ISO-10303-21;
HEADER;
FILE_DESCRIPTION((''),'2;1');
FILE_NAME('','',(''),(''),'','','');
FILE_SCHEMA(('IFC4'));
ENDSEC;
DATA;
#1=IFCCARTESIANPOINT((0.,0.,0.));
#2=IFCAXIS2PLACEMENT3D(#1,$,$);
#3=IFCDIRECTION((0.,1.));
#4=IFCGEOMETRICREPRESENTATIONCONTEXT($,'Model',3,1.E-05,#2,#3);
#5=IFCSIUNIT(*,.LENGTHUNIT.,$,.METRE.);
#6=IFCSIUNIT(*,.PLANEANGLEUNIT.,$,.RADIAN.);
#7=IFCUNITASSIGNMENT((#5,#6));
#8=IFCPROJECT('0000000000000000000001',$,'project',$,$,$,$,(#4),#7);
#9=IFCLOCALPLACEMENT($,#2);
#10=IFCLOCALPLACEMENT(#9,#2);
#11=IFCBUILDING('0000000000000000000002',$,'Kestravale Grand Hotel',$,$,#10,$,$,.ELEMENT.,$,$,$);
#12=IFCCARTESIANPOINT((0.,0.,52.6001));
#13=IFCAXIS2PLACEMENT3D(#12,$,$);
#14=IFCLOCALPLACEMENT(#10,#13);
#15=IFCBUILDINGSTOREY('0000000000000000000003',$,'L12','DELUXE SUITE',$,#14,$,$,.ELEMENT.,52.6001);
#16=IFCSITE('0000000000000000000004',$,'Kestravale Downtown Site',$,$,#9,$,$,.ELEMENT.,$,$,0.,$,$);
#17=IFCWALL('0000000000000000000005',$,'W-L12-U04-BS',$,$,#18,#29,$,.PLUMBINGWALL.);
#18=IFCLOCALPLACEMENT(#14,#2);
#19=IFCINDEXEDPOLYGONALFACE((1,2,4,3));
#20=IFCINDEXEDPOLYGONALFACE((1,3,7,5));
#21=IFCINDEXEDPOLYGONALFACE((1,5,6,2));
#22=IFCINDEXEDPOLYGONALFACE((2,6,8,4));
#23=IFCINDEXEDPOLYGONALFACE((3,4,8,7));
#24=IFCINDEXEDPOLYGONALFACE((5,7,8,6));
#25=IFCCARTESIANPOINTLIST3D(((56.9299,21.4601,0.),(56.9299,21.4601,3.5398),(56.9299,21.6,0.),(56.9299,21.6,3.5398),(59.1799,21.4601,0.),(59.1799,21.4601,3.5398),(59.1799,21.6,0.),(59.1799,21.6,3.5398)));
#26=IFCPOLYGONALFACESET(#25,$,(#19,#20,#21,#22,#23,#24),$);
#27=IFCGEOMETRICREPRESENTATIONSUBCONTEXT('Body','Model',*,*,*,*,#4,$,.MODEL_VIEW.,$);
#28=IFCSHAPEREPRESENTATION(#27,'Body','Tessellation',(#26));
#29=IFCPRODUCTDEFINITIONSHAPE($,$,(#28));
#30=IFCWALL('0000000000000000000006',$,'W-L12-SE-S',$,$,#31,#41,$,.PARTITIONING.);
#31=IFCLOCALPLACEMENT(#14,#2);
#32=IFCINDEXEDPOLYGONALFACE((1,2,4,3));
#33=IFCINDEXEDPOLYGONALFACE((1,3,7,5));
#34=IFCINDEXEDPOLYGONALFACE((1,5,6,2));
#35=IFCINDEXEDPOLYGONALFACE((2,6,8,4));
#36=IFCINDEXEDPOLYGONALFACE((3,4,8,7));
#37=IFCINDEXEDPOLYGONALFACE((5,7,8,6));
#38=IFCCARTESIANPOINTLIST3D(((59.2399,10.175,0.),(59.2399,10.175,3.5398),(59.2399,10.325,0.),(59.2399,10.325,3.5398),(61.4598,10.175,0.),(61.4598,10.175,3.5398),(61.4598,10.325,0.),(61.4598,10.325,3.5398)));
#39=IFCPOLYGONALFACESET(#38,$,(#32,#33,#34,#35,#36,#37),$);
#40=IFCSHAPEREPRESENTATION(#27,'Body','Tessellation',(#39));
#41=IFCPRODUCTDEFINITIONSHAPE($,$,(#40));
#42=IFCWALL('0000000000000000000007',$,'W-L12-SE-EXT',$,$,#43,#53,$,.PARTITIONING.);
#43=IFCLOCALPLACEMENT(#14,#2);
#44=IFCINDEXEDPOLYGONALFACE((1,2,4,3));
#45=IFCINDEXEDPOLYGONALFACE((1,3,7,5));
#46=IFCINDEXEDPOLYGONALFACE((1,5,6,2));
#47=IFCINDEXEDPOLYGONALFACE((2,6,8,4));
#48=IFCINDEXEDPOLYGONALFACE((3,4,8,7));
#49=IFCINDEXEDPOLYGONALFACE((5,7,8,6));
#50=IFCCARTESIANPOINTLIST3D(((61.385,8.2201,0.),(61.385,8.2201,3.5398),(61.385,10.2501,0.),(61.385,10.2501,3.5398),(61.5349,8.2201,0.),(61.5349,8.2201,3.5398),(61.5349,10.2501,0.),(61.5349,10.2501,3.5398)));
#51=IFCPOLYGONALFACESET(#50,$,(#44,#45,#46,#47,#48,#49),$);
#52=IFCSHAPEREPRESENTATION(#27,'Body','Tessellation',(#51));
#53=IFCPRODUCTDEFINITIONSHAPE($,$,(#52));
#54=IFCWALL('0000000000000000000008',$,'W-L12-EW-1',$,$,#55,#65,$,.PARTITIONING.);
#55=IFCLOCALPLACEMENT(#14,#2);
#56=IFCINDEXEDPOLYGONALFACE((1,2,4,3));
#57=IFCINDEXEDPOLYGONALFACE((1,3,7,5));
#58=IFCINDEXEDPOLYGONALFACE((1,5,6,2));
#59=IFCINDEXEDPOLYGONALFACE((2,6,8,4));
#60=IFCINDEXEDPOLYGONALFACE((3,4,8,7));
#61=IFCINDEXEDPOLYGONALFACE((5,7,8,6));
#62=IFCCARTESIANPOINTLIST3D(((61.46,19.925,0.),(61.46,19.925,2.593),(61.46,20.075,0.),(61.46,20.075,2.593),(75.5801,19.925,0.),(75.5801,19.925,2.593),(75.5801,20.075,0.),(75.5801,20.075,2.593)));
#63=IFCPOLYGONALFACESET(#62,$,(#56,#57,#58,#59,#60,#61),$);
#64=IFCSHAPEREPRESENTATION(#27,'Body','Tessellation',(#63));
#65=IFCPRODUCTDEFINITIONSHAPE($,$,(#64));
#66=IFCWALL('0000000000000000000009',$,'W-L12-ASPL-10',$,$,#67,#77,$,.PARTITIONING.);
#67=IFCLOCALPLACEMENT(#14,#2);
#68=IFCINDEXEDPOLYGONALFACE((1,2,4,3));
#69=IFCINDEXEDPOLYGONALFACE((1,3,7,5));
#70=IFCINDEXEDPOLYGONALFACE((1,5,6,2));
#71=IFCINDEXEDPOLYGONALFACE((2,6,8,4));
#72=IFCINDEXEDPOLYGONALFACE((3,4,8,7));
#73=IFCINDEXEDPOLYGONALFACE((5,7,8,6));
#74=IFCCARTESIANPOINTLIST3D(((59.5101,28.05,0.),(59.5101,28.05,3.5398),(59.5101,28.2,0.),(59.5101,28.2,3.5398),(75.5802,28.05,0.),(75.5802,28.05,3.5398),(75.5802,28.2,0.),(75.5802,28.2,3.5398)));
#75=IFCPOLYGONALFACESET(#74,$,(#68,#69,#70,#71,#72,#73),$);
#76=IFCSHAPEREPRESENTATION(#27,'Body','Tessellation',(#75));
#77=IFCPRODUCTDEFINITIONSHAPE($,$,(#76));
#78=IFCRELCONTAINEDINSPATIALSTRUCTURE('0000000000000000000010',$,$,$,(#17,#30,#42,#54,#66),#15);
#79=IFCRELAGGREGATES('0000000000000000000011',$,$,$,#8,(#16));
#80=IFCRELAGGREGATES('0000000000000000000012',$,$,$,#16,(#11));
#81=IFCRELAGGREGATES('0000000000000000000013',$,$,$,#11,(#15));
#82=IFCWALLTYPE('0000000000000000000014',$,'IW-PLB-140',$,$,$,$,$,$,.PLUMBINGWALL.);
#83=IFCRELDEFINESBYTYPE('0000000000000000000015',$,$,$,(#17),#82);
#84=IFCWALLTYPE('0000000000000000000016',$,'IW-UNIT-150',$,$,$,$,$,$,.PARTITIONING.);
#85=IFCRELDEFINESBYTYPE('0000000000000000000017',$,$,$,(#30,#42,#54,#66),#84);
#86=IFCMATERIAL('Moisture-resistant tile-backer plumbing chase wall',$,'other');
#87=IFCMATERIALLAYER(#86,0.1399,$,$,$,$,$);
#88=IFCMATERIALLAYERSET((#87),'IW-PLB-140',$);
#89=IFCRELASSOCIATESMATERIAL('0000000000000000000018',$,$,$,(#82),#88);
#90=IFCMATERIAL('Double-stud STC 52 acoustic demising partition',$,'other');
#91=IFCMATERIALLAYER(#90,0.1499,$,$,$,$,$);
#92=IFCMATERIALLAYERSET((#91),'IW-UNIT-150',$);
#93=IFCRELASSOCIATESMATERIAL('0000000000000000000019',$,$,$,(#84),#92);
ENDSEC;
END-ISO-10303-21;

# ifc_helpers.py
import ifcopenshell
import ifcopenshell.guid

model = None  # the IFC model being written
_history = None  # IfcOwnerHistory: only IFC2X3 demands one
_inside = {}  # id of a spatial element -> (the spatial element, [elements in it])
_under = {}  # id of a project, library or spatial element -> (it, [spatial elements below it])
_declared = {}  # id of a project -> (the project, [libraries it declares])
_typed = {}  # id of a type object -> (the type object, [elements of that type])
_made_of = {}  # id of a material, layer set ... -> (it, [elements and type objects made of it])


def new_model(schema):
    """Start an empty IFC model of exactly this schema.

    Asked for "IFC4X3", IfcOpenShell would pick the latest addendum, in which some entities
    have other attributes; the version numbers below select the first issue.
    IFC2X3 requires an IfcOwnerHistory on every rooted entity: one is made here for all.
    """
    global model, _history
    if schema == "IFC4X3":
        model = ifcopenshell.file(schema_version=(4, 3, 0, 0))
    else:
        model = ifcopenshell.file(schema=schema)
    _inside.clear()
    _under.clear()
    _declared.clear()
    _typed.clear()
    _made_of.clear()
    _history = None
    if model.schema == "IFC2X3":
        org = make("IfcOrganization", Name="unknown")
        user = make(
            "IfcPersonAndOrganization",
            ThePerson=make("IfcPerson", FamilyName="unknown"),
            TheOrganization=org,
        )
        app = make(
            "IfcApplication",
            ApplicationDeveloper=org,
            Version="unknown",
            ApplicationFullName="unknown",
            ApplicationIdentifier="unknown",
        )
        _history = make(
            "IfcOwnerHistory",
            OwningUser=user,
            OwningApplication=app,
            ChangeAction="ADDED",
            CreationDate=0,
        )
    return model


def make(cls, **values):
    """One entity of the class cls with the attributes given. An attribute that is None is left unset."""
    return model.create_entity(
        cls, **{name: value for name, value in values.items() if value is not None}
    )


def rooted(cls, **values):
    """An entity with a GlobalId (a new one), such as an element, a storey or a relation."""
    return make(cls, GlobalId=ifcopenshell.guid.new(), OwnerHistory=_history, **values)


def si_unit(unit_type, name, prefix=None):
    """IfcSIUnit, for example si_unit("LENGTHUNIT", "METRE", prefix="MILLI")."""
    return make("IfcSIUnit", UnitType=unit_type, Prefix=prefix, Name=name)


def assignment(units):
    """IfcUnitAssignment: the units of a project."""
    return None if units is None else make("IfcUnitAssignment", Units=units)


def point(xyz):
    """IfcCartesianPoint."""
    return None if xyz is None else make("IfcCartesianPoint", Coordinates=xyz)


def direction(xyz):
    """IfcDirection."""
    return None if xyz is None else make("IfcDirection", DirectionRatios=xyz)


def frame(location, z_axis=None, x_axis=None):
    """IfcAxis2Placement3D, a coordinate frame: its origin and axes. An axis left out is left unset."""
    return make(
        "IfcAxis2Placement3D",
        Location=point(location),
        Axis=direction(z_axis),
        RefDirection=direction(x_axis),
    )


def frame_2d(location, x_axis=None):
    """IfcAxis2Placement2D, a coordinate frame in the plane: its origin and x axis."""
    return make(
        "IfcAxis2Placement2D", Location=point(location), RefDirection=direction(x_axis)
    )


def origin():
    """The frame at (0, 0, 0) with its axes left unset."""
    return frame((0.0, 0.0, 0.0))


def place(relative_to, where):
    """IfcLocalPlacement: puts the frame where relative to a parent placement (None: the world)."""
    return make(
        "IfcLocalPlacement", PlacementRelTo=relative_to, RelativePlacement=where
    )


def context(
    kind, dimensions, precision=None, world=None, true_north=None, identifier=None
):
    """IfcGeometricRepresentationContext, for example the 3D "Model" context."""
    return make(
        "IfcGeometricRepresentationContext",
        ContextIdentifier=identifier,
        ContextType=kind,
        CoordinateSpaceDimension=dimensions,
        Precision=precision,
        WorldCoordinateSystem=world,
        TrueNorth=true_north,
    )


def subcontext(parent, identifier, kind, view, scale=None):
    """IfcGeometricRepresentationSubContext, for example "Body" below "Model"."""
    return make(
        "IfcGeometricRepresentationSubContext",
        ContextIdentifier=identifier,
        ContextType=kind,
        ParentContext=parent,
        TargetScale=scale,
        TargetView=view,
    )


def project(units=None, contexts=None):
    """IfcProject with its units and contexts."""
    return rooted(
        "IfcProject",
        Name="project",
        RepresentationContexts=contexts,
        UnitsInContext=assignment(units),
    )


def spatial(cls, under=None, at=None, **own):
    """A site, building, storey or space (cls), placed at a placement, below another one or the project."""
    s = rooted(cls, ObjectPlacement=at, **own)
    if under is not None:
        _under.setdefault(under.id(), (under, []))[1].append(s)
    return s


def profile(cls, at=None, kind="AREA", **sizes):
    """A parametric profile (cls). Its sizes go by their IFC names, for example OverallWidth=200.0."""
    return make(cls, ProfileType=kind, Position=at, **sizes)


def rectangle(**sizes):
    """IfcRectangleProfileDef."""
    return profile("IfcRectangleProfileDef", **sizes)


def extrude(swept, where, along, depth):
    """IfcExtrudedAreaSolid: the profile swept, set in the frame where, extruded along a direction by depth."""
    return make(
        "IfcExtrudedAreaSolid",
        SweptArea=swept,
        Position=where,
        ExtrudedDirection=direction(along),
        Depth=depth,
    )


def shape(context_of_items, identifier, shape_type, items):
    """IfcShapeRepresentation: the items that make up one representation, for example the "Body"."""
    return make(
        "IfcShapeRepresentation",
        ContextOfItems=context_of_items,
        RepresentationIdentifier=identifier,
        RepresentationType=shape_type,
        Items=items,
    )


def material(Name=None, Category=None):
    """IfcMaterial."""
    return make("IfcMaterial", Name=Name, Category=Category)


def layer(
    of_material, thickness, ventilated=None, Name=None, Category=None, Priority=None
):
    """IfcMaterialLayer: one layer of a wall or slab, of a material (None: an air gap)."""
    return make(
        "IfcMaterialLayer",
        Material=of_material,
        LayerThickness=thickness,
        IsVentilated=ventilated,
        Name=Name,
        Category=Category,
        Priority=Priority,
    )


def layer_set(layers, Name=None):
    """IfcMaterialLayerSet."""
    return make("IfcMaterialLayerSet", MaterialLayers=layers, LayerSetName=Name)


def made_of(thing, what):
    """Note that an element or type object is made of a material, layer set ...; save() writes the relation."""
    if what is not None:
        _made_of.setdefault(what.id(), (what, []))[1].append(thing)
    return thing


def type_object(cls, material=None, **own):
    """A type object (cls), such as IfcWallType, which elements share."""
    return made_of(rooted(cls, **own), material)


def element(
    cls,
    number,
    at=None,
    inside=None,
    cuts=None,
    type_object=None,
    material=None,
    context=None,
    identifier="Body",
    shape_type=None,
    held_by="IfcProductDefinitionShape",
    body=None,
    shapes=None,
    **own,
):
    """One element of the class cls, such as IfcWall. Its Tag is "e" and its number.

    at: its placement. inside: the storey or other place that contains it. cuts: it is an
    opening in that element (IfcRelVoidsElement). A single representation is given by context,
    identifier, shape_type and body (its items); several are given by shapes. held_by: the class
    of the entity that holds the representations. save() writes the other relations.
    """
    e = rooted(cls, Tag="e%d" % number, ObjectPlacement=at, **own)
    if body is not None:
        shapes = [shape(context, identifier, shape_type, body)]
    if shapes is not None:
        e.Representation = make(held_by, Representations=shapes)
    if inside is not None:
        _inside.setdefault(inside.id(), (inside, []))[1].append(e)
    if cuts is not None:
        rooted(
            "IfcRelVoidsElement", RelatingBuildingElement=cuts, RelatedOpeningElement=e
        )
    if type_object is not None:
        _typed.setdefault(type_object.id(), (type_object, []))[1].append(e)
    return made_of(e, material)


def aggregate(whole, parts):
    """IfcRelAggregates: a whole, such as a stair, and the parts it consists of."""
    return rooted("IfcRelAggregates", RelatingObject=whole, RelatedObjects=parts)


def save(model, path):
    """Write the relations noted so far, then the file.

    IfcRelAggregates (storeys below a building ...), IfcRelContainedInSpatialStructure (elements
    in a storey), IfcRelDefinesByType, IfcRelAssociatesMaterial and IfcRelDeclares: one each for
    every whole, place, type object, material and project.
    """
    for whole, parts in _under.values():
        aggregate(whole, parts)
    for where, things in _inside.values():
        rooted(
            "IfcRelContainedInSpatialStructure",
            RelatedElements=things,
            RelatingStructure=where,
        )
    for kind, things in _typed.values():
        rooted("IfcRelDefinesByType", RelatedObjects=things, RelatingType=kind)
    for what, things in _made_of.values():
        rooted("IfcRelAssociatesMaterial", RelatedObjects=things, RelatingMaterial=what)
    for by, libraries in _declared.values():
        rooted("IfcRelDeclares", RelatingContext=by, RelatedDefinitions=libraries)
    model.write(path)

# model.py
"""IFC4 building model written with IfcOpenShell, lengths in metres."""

from ifc_helpers import new_model, si_unit, direction, frame, frame_2d, origin, place, context, subcontext, project, spatial, rectangle, extrude, material, layer, layer_set, type_object, element, save


model = new_model("IFC4")

# Units and contexts
model_context = context("Model", 3, precision=1e-05, world=origin(), true_north=direction((0.0, 1.0)))
body_context = subcontext(model_context, "Body", "Model", "MODEL_VIEW")
ifc_project = project(units=[si_unit("LENGTHUNIT", "METRE"), si_unit("PLANEANGLEUNIT", "RADIAN")], contexts=[model_context])

# Site, building, storey
site_placement = place(None, origin())
site = spatial("IfcSite", under=ifc_project, at=site_placement, Name="Kestravale Downtown Site", CompositionType="ELEMENT", RefElevation=0.0)
building_placement = place(site_placement, origin())
building = spatial("IfcBuilding", under=site, at=building_placement, Name="Kestravale Grand Hotel", CompositionType="ELEMENT")
storey_placement = place(building_placement, frame((0.0, 0.0, 52.6001)))
storey = spatial("IfcBuildingStorey", under=building, at=storey_placement, Name="L12", Description="DELUXE SUITE", CompositionType="ELEMENT", Elevation=52.6001)

# Shared definitions
ifc_material_1 = material(Name="Moisture-resistant tile-backer plumbing chase wall", Category="other")
ifc_layer_1 = layer(ifc_material_1, 0.1399)
ifc_layer_set_1 = layer_set([ifc_layer_1], Name="IW-PLB-140")
wall_type_1 = type_object("IfcWallType", Name="IW-PLB-140", PredefinedType="PLUMBINGWALL", material=ifc_layer_set_1)

# Walls
wall_1_placement = place(storey_placement, frame((56.9299, 21.53, 0.0), z_axis=(0.0, 0.0, 1.0), x_axis=(1.0, 0.0, 0.0)))
element("IfcWall", 1, at=wall_1_placement, inside=storey, type_object=wall_type_1, Name="W-L12-U04-BS", PredefinedType="PLUMBINGWALL", context=body_context, shape_type="SweptSolid", body=[
    extrude(rectangle(XDim=2.25, YDim=0.1399, at=frame_2d((1.125, 0.0))), origin(), (0.0, 0.0, 1.0), 3.5398),
])
ifc_material_2 = material(Name="Double-stud STC 52 acoustic demising partition", Category="other")
ifc_layer_2 = layer(ifc_material_2, 0.1499)
ifc_layer_set_2 = layer_set([ifc_layer_2], Name="IW-UNIT-150")
wall_type_2 = type_object("IfcWallType", Name="IW-UNIT-150", PredefinedType="PARTITIONING", material=ifc_layer_set_2)
wall_2_placement = place(storey_placement, frame((59.24, 10.25, 0.0), z_axis=(0.0, 0.0, 1.0), x_axis=(1.0, 0.0, 0.0)))
element("IfcWall", 2, at=wall_2_placement, inside=storey, type_object=wall_type_2, Name="W-L12-SE-S", PredefinedType="PARTITIONING", context=body_context, shape_type="SweptSolid", body=[
    extrude(rectangle(XDim=2.22, YDim=0.1499, at=frame_2d((1.1099, 0.0))), origin(), (0.0, 0.0, 1.0), 3.5398),
])
wall_3_placement = place(storey_placement, frame((61.46, 8.22, 0.0), z_axis=(0.0, 0.0, 1.0), x_axis=(0.0, 1.0, 0.0)))
element("IfcWall", 3, at=wall_3_placement, inside=storey, type_object=wall_type_2, Name="W-L12-SE-EXT", PredefinedType="PARTITIONING", context=body_context, shape_type="SweptSolid", body=[
    extrude(rectangle(XDim=2.03, YDim=0.1499, at=frame_2d((1.0151, 0.0))), origin(), (0.0, 0.0, 1.0), 3.5398),
])
wall_4_placement = place(storey_placement, frame((61.46, 20.0, 0.0), z_axis=(0.0, 0.0, 1.0), x_axis=(1.0, 0.0, 0.0)))
element("IfcWall", 4, at=wall_4_placement, inside=storey, type_object=wall_type_2, Name="W-L12-EW-1", PredefinedType="PARTITIONING", context=body_context, shape_type="SweptSolid", body=[
    extrude(rectangle(XDim=14.1201, YDim=0.1499, at=frame_2d((7.0601, 0.0))), origin(), (0.0, 0.0, 1.0), 2.593),
])
wall_5_placement = place(storey_placement, frame((59.51, 28.125, 0.0), z_axis=(0.0, 0.0, 1.0), x_axis=(1.0, 0.0, 0.0)))
element("IfcWall", 5, at=wall_5_placement, inside=storey, type_object=wall_type_2, Name="W-L12-ASPL-10", PredefinedType="PARTITIONING", context=body_context, shape_type="SweptSolid", body=[
    extrude(rectangle(XDim=16.0701, YDim=0.1499, at=frame_2d((8.0352, 0.0))), origin(), (0.0, 0.0, 1.0), 3.5398),
])

save(model, "model.ifc")
